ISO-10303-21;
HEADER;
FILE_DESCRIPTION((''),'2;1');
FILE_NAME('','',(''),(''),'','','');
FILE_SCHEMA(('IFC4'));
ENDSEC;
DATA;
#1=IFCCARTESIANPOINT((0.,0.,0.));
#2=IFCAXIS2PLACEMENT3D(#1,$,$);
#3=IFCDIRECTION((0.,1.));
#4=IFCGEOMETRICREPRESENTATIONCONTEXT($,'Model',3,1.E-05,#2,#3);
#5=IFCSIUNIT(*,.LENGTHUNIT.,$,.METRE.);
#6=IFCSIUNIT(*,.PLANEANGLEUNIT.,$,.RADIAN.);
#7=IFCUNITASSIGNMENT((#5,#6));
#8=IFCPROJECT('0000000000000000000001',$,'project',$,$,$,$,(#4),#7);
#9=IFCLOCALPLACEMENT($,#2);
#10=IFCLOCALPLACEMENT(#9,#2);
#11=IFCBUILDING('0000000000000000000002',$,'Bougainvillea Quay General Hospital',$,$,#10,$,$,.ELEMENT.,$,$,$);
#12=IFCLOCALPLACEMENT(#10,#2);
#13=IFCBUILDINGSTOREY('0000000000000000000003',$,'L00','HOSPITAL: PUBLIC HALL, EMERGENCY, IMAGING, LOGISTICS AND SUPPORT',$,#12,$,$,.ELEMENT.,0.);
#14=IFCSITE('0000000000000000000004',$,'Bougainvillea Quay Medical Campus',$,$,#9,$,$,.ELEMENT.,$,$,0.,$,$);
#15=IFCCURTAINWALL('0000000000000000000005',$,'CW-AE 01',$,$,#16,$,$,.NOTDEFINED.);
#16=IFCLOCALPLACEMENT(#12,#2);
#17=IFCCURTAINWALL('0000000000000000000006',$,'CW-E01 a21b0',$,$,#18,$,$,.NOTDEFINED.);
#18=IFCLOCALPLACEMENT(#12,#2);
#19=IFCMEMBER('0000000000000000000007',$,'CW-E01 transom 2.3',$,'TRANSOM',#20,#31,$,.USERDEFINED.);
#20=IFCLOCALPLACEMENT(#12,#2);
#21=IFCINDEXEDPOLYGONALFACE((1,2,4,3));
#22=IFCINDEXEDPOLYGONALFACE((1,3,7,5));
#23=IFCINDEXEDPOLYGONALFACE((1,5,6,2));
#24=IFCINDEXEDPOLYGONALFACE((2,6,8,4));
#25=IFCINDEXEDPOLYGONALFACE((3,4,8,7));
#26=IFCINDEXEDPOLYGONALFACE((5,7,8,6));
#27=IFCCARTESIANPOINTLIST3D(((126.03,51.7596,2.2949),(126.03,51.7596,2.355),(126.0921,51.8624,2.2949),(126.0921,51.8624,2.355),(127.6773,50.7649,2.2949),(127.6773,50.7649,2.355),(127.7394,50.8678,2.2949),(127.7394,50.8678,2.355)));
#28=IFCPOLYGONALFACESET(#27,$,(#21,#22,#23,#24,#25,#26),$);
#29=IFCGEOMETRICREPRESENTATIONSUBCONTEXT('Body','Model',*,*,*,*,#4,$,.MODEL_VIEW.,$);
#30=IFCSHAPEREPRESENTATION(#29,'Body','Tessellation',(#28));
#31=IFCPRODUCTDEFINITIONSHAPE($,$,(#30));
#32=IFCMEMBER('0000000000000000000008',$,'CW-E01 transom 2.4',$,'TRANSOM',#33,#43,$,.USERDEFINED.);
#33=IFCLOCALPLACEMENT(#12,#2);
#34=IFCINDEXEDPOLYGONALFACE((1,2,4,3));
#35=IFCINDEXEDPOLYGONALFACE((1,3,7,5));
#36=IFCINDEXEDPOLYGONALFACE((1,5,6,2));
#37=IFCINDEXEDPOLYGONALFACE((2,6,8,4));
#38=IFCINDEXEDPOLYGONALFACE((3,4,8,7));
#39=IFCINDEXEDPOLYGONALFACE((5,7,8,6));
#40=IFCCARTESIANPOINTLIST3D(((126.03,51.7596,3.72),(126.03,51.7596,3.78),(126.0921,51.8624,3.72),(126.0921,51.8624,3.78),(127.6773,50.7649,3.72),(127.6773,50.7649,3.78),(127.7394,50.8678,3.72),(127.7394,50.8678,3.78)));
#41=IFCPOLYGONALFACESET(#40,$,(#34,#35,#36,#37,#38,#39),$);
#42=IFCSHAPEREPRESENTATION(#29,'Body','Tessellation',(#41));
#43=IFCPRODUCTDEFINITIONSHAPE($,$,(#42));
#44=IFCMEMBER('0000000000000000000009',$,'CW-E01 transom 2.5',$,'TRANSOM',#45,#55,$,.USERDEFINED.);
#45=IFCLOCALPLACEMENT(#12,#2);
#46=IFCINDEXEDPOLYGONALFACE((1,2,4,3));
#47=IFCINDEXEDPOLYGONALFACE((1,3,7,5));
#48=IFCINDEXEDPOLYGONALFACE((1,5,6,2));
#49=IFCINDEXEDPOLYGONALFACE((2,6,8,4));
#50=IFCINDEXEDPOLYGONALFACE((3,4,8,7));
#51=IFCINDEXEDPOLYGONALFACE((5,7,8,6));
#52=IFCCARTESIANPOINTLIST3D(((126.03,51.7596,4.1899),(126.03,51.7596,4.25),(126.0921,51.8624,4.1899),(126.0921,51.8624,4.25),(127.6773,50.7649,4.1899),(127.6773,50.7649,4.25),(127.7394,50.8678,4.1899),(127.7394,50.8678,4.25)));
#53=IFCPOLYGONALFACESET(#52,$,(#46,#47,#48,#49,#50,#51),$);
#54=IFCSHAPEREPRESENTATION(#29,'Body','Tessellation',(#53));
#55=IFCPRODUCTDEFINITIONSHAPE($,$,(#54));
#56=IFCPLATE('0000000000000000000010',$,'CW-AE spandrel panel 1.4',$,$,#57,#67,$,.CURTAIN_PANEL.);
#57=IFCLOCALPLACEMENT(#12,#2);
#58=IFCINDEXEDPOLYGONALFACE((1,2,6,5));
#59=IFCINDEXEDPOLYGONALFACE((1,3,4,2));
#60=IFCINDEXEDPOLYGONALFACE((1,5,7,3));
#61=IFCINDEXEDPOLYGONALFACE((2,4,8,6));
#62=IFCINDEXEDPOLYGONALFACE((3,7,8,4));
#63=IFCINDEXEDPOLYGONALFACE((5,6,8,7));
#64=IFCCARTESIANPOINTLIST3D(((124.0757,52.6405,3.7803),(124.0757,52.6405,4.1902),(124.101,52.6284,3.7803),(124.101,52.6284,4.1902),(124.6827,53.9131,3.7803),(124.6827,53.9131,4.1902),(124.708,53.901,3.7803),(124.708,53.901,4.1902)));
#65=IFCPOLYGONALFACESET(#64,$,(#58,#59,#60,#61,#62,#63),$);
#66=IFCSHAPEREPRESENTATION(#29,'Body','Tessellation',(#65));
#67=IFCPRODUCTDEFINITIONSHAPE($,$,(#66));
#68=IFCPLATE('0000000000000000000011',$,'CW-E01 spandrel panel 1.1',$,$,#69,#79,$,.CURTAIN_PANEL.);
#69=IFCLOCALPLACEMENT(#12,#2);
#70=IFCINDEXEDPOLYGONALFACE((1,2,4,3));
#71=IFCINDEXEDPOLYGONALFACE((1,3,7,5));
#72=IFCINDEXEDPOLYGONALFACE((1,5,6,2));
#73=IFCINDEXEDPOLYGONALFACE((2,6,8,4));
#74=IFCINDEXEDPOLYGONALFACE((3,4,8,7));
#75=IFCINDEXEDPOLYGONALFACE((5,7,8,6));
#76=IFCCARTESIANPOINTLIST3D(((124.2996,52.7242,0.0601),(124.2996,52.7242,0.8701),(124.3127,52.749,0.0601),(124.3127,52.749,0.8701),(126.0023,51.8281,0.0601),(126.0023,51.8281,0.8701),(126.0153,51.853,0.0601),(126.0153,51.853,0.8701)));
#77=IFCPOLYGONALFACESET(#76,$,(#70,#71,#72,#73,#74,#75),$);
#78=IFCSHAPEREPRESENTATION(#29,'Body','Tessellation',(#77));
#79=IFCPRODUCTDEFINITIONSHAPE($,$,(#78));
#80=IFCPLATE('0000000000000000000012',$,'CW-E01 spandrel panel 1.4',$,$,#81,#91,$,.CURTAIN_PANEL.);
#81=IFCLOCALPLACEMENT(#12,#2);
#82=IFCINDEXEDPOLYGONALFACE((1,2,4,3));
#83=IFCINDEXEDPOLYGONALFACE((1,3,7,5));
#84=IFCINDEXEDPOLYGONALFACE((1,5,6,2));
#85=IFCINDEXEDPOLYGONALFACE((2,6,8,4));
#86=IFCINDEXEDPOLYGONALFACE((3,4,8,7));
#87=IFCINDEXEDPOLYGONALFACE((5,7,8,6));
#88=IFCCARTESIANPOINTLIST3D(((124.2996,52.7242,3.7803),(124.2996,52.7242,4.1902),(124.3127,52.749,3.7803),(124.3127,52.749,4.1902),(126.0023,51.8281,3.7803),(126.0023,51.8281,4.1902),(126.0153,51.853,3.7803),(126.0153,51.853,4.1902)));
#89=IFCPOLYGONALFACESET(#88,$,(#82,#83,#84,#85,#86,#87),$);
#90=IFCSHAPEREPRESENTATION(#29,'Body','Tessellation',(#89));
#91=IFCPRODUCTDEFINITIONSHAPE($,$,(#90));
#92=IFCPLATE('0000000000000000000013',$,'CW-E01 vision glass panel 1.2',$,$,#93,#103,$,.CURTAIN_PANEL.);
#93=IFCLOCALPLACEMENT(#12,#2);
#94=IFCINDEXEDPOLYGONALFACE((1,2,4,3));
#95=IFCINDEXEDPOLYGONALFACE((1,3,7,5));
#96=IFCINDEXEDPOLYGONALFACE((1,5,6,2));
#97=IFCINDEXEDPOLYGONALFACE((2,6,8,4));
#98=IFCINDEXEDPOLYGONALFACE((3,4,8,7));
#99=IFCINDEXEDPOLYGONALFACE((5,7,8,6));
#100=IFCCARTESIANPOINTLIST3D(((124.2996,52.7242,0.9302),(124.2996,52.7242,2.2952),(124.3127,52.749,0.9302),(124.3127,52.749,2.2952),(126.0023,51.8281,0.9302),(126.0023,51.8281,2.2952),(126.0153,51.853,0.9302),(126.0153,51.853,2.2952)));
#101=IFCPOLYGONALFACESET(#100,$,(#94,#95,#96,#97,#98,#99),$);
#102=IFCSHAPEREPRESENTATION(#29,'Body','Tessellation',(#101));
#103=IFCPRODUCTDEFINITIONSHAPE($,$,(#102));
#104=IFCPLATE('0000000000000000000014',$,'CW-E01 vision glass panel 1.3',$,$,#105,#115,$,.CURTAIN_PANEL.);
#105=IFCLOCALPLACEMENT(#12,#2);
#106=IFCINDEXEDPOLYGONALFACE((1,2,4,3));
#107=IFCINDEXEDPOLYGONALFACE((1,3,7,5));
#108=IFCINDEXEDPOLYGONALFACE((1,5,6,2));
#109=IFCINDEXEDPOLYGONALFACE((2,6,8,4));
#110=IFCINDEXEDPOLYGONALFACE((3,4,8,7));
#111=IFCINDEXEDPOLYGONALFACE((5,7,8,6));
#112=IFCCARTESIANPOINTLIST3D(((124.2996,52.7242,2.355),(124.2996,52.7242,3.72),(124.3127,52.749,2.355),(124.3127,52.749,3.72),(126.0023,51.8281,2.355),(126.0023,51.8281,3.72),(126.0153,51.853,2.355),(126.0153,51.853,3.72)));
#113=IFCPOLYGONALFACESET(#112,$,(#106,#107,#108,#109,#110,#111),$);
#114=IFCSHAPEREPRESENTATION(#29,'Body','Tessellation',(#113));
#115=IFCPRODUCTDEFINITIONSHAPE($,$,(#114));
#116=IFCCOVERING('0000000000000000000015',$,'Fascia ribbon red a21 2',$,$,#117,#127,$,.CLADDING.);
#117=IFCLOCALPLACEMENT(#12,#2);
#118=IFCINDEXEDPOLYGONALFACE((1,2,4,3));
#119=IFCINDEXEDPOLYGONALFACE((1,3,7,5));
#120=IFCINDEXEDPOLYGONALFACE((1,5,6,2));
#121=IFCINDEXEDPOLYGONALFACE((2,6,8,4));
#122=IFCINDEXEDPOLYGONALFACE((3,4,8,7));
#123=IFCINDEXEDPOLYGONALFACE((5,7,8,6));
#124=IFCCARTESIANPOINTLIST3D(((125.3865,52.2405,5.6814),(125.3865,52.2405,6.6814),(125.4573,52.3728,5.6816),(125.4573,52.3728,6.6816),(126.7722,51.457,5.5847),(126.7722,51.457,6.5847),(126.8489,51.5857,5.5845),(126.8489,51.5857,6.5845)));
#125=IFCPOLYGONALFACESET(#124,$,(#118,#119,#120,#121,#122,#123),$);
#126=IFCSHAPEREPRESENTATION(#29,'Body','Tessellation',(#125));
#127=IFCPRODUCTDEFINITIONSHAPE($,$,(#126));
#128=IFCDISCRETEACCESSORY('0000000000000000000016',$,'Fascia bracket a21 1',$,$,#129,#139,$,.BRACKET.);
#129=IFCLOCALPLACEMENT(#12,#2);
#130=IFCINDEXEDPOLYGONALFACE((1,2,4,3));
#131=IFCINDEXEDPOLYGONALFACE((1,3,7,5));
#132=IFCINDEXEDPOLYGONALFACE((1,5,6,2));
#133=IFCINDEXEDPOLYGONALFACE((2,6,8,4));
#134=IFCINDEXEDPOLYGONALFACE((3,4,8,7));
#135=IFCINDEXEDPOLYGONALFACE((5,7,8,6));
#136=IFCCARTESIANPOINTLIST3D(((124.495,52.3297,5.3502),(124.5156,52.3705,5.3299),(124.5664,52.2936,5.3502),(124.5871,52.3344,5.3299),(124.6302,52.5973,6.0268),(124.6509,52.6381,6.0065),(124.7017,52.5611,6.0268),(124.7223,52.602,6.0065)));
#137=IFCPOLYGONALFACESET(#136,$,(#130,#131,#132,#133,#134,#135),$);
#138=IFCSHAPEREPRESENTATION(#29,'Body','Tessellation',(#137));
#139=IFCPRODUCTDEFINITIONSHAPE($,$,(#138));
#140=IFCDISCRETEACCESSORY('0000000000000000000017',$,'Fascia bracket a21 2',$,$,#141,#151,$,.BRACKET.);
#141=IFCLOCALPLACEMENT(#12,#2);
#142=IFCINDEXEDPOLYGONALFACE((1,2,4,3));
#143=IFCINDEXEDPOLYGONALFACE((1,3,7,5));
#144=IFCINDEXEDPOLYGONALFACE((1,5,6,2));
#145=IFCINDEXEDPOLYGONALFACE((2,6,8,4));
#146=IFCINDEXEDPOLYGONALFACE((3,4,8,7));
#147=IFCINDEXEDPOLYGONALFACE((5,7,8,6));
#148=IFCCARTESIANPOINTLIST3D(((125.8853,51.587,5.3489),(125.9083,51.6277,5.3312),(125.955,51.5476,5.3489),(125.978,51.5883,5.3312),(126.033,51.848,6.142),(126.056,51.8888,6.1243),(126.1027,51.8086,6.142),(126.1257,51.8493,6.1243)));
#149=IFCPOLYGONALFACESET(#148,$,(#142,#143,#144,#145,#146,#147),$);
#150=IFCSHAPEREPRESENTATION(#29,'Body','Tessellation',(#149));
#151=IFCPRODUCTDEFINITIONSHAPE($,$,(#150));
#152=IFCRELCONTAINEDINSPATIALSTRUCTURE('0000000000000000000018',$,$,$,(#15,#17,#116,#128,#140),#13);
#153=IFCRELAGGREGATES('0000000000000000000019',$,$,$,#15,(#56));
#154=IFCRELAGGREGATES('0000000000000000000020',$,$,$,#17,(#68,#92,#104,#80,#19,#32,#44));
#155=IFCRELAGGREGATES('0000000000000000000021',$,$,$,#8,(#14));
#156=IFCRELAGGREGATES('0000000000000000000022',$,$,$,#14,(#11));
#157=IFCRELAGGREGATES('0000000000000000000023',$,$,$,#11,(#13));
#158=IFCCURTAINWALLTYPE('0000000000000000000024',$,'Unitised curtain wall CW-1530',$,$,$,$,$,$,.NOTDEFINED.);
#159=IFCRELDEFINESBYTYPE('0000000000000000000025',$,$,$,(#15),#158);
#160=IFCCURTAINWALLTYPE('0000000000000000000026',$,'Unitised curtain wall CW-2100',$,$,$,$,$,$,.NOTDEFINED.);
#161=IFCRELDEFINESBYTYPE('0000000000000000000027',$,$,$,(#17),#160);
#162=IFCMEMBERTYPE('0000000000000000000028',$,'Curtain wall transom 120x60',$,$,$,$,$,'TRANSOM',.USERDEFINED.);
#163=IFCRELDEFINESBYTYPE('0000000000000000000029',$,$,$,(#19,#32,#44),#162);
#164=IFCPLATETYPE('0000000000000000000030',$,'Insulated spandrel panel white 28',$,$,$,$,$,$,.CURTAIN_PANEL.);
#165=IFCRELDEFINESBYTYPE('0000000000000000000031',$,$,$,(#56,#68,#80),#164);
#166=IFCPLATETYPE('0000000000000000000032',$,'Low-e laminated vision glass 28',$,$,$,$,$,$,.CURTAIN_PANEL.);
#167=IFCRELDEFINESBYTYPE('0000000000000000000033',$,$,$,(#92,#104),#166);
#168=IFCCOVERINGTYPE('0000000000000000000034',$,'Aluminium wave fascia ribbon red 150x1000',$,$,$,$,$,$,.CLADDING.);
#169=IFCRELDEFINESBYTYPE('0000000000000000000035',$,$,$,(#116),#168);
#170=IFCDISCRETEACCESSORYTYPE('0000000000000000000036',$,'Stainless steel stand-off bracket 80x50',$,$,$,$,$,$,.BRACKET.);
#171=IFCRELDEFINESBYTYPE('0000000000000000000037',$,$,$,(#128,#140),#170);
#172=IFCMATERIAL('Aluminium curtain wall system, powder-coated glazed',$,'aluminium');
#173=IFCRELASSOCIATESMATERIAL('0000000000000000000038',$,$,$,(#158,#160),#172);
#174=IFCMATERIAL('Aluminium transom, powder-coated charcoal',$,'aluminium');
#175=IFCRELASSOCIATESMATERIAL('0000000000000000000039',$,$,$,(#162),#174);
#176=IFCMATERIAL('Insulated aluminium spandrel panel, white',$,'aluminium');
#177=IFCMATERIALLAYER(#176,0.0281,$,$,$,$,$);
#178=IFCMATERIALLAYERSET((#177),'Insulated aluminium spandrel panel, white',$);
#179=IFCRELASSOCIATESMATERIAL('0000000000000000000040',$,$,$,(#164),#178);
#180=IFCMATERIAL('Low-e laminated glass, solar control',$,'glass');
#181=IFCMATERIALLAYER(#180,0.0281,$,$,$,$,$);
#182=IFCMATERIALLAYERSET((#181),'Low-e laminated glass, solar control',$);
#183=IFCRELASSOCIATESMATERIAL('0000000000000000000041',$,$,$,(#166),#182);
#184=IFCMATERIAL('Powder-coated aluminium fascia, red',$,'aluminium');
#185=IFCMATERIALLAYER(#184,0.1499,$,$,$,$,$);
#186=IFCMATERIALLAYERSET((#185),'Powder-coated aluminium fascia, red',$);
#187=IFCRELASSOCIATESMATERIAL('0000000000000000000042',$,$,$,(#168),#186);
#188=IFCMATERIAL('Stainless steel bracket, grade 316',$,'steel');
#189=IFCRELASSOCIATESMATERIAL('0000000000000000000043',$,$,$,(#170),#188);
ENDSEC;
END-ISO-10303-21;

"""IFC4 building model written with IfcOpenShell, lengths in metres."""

from ifc_helpers import new_model, si_unit, direction, frame, origin, origin_2d, place, context, subcontext, project, spatial, polyline, rectangle, outline, extrude, material, layer, layer_set, material_profile, profile_set, type_object, element, aggregate, save


model = new_model("IFC4")

# Units and contexts
model_context = context("Model", 3, precision=1e-05, world=origin(), true_north=direction((0.0, 1.0)))
body_context = subcontext(model_context, "Body", "Model", "MODEL_VIEW")
ifc_project = project(units=[si_unit("LENGTHUNIT", "METRE"), si_unit("PLANEANGLEUNIT", "RADIAN")], contexts=[model_context])

# Site, building, storey
site_placement = place(None, origin())
site = spatial("IfcSite", under=ifc_project, at=site_placement, Name="Bougainvillea Quay Medical Campus", CompositionType="ELEMENT", RefElevation=0.0)
building_placement = place(site_placement, origin())
building = spatial("IfcBuilding", under=site, at=building_placement, Name="Bougainvillea Quay General Hospital", CompositionType="ELEMENT")
storey_placement = place(building_placement, origin())
storey = spatial("IfcBuildingStorey", under=building, at=storey_placement, Name="L00", Description="HOSPITAL: PUBLIC HALL, EMERGENCY, IMAGING, LOGISTICS AND SUPPORT", CompositionType="ELEMENT", Elevation=0.0)

# Curtain walls
ifc_material_1 = material(Name="Aluminium curtain wall system, powder-coated glazed", Category="aluminium")
curtain_wall_type_1 = type_object("IfcCurtainWallType", Name="Unitised curtain wall CW-1530", PredefinedType="NOTDEFINED", material=ifc_material_1)
curtain_wall_1_placement = place(storey_placement, origin())
curtain_wall_1 = element("IfcCurtainWall", 1, at=curtain_wall_1_placement, inside=storey, type_object=curtain_wall_type_1, Name="CW-AE 01", PredefinedType="NOTDEFINED")
curtain_wall_type_2 = type_object("IfcCurtainWallType", Name="Unitised curtain wall CW-2100", PredefinedType="NOTDEFINED", material=ifc_material_1)
curtain_wall_2_placement = place(storey_placement, origin())
curtain_wall_2 = element("IfcCurtainWall", 2, at=curtain_wall_2_placement, inside=storey, type_object=curtain_wall_type_2, Name="CW-E01 a21b0", PredefinedType="NOTDEFINED")

# Members
ifc_material_2 = material(Name="Aluminium transom, powder-coated charcoal", Category="aluminium")
ifc_material_profile_1 = material_profile(ifc_material_2, rectangle(XDim=0.1201, YDim=0.0601, at=origin_2d()))
ifc_profile_set_1 = profile_set([ifc_material_profile_1], Name="Aluminium transom, powder-coated charcoal")
member_type_1 = type_object("IfcMemberType", Name="Curtain wall transom 120x60", ElementType="TRANSOM", PredefinedType="USERDEFINED", material=ifc_profile_set_1)
member_1_placement = place(storey_placement, frame((126.061, 51.811, 2.325), z_axis=(0.856045, -0.516901, 0.0), x_axis=(0.516901, 0.856045, 0.0)))
member_1 = element("IfcMember", 3, at=member_1_placement, type_object=member_type_1, Name="CW-E01 transom 2.3", ObjectType="TRANSOM", PredefinedType="USERDEFINED", context=body_context, shape_type="SweptSolid", body=[
    extrude(rectangle(XDim=0.1201, YDim=0.0601, at=origin_2d()), origin(), (0.0, 0.0, 1.0), 1.9243),
])
member_2_placement = place(storey_placement, frame((126.061, 51.811, 3.75), z_axis=(0.856045, -0.516901, 0.0), x_axis=(0.516901, 0.856045, 0.0)))
member_2 = element("IfcMember", 4, at=member_2_placement, type_object=member_type_1, Name="CW-E01 transom 2.4", ObjectType="TRANSOM", PredefinedType="USERDEFINED", context=body_context, shape_type="SweptSolid", body=[
    extrude(rectangle(XDim=0.1201, YDim=0.0601, at=origin_2d()), origin(), (0.0, 0.0, 1.0), 1.9243),
])
member_3_placement = place(storey_placement, frame((126.061, 51.811, 4.22), z_axis=(0.856045, -0.516901, 0.0), x_axis=(0.516901, 0.856045, 0.0)))
member_3 = element("IfcMember", 5, at=member_3_placement, type_object=member_type_1, Name="CW-E01 transom 2.5", ObjectType="TRANSOM", PredefinedType="USERDEFINED", context=body_context, shape_type="SweptSolid", body=[
    extrude(rectangle(XDim=0.1201, YDim=0.0601, at=origin_2d()), origin(), (0.0, 0.0, 1.0), 1.9243),
])

# Plates
ifc_material_3 = material(Name="Insulated aluminium spandrel panel, white", Category="aluminium")
ifc_layer_1 = layer(ifc_material_3, 0.0281)
ifc_layer_set_1 = layer_set([ifc_layer_1], Name="Insulated aluminium spandrel panel, white")
plate_type_1 = type_object("IfcPlateType", Name="Insulated spandrel panel white 28", PredefinedType="CURTAIN_PANEL", material=ifc_layer_set_1)
plate_1_placement = place(storey_placement, frame((124.3918, 53.2708, 3.7803), z_axis=(0.0, 0.0, 1.0), x_axis=(-0.43053, -0.902576, 0.0)))
plate_1 = element("IfcPlate", 6, at=plate_1_placement, type_object=plate_type_1, Name="CW-AE spandrel panel 1.4", PredefinedType="CURTAIN_PANEL", context=body_context, shape_type="SweptSolid", body=[
    extrude(rectangle(XDim=1.4099, YDim=0.0281, at=origin_2d()), origin(), (0.0, 0.0, 1.0), 0.4099),
])
aggregate(curtain_wall_1, [plate_1])
plate_2_placement = place(storey_placement, frame((125.1575, 52.2886, 0.0601), z_axis=(0.0, 0.0, 1.0), x_axis=(0.884929, -0.465726, 0.0)))
plate_2 = element("IfcPlate", 7, at=plate_2_placement, type_object=plate_type_1, Name="CW-E01 spandrel panel 1.1", PredefinedType="CURTAIN_PANEL", context=body_context, shape_type="SweptSolid", body=[
    extrude(rectangle(XDim=1.9241, YDim=0.0281, at=origin_2d()), origin(), (0.0, 0.0, 1.0), 0.8101),
])
plate_3_placement = place(storey_placement, frame((125.1575, 52.2886, 3.7803), z_axis=(0.0, 0.0, 1.0), x_axis=(0.884929, -0.465726, 0.0)))
plate_3 = element("IfcPlate", 8, at=plate_3_placement, type_object=plate_type_1, Name="CW-E01 spandrel panel 1.4", PredefinedType="CURTAIN_PANEL", context=body_context, shape_type="SweptSolid", body=[
    extrude(rectangle(XDim=1.9241, YDim=0.0281, at=origin_2d()), origin(), (0.0, 0.0, 1.0), 0.4099),
])
ifc_material_4 = material(Name="Low-e laminated glass, solar control", Category="glass")
ifc_layer_2 = layer(ifc_material_4, 0.0281)
ifc_layer_set_2 = layer_set([ifc_layer_2], Name="Low-e laminated glass, solar control")
plate_type_2 = type_object("IfcPlateType", Name="Low-e laminated vision glass 28", PredefinedType="CURTAIN_PANEL", material=ifc_layer_set_2)
plate_4_placement = place(storey_placement, frame((125.1575, 52.2886, 0.9302), z_axis=(0.0, 0.0, 1.0), x_axis=(0.884929, -0.465726, 0.0)))
plate_4 = element("IfcPlate", 9, at=plate_4_placement, type_object=plate_type_2, Name="CW-E01 vision glass panel 1.2", PredefinedType="CURTAIN_PANEL", context=body_context, shape_type="SweptSolid", body=[
    extrude(rectangle(XDim=1.9241, YDim=0.0281, at=origin_2d()), origin(), (0.0, 0.0, 1.0), 1.365),
])
plate_5_placement = place(storey_placement, frame((125.1575, 52.2886, 2.355), z_axis=(0.0, 0.0, 1.0), x_axis=(0.884929, -0.465726, 0.0)))
plate_5 = element("IfcPlate", 10, at=plate_5_placement, type_object=plate_type_2, Name="CW-E01 vision glass panel 1.3", PredefinedType="CURTAIN_PANEL", context=body_context, shape_type="SweptSolid", body=[
    extrude(rectangle(XDim=1.9241, YDim=0.0281, at=origin_2d()), origin(), (0.0, 0.0, 1.0), 1.365),
])
aggregate(curtain_wall_2, [plate_2, plate_4, plate_5, plate_3, member_1, member_2, member_3])

# Covering
ifc_material_5 = material(Name="Powder-coated aluminium fascia, red", Category="aluminium")
ifc_layer_3 = layer(ifc_material_5, 0.1499)
ifc_layer_set_3 = layer_set([ifc_layer_3], Name="Powder-coated aluminium fascia, red")
covering_type = type_object("IfcCoveringType", Name="Aluminium wave fascia ribbon red 150x1000", PredefinedType="CLADDING", material=ifc_layer_set_3)
covering_placement = place(storey_placement, frame((125.3865, 52.2405, 5.6814), z_axis=(0.052798, -0.029832, 0.99816), x_axis=(0.868906, -0.491247, -0.060643)))
element("IfcCovering", 11, at=covering_placement, inside=storey, type_object=covering_type, Name="Fascia ribbon red a21 2", PredefinedType="CLADDING", context=body_context, shape_type="SweptSolid", body=[
    extrude(outline(polyline([(0.0, 0.0), (1.5948, 0.0), (1.5982, 0.1497), (-0.0035, 0.15), (0.0, 0.0)])), origin(), (-0.060643, -0.000016, 0.99816), 1.0),
])

# Discrete accessories
ifc_material_6 = material(Name="Stainless steel bracket, grade 316", Category="steel")
ifc_material_profile_2 = material_profile(ifc_material_6, rectangle(XDim=0.0801, YDim=0.05, at=origin_2d()))
ifc_profile_set_2 = profile_set([ifc_material_profile_2], Name="Stainless steel bracket, grade 316")
discrete_accessory_type = type_object("IfcDiscreteAccessoryType", Name="Stainless steel stand-off bracket 80x50", PredefinedType="BRACKET", material=ifc_profile_set_2)
discrete_accessory_1_placement = place(storey_placement, frame((124.541, 52.332, 5.3401), z_axis=(0.182782, 0.361604, 0.914239), x_axis=(-0.892464, 0.451118, 0.0)))
element("IfcDiscreteAccessory", 12, at=discrete_accessory_1_placement, inside=storey, type_object=discrete_accessory_type, Name="Fascia bracket a21 1", PredefinedType="BRACKET", context=body_context, shape_type="SweptSolid", body=[
    extrude(rectangle(XDim=0.0801, YDim=0.05, at=origin_2d()), origin(), (0.0, 0.0, 1.0), 0.74),
])
discrete_accessory_2_placement = place(storey_placement, frame((125.9316, 51.5876, 5.3401), z_axis=(0.174226, 0.307847, 0.935348), x_axis=(-0.87029, 0.49254, 0.0)))
element("IfcDiscreteAccessory", 13, at=discrete_accessory_2_placement, inside=storey, type_object=discrete_accessory_type, Name="Fascia bracket a21 2", PredefinedType="BRACKET", context=body_context, shape_type="SweptSolid", body=[
    extrude(rectangle(XDim=0.0801, YDim=0.05, at=origin_2d()), origin(), (0.0, 0.0, 1.0), 0.8479),
])

save(model, "model.ifc")
